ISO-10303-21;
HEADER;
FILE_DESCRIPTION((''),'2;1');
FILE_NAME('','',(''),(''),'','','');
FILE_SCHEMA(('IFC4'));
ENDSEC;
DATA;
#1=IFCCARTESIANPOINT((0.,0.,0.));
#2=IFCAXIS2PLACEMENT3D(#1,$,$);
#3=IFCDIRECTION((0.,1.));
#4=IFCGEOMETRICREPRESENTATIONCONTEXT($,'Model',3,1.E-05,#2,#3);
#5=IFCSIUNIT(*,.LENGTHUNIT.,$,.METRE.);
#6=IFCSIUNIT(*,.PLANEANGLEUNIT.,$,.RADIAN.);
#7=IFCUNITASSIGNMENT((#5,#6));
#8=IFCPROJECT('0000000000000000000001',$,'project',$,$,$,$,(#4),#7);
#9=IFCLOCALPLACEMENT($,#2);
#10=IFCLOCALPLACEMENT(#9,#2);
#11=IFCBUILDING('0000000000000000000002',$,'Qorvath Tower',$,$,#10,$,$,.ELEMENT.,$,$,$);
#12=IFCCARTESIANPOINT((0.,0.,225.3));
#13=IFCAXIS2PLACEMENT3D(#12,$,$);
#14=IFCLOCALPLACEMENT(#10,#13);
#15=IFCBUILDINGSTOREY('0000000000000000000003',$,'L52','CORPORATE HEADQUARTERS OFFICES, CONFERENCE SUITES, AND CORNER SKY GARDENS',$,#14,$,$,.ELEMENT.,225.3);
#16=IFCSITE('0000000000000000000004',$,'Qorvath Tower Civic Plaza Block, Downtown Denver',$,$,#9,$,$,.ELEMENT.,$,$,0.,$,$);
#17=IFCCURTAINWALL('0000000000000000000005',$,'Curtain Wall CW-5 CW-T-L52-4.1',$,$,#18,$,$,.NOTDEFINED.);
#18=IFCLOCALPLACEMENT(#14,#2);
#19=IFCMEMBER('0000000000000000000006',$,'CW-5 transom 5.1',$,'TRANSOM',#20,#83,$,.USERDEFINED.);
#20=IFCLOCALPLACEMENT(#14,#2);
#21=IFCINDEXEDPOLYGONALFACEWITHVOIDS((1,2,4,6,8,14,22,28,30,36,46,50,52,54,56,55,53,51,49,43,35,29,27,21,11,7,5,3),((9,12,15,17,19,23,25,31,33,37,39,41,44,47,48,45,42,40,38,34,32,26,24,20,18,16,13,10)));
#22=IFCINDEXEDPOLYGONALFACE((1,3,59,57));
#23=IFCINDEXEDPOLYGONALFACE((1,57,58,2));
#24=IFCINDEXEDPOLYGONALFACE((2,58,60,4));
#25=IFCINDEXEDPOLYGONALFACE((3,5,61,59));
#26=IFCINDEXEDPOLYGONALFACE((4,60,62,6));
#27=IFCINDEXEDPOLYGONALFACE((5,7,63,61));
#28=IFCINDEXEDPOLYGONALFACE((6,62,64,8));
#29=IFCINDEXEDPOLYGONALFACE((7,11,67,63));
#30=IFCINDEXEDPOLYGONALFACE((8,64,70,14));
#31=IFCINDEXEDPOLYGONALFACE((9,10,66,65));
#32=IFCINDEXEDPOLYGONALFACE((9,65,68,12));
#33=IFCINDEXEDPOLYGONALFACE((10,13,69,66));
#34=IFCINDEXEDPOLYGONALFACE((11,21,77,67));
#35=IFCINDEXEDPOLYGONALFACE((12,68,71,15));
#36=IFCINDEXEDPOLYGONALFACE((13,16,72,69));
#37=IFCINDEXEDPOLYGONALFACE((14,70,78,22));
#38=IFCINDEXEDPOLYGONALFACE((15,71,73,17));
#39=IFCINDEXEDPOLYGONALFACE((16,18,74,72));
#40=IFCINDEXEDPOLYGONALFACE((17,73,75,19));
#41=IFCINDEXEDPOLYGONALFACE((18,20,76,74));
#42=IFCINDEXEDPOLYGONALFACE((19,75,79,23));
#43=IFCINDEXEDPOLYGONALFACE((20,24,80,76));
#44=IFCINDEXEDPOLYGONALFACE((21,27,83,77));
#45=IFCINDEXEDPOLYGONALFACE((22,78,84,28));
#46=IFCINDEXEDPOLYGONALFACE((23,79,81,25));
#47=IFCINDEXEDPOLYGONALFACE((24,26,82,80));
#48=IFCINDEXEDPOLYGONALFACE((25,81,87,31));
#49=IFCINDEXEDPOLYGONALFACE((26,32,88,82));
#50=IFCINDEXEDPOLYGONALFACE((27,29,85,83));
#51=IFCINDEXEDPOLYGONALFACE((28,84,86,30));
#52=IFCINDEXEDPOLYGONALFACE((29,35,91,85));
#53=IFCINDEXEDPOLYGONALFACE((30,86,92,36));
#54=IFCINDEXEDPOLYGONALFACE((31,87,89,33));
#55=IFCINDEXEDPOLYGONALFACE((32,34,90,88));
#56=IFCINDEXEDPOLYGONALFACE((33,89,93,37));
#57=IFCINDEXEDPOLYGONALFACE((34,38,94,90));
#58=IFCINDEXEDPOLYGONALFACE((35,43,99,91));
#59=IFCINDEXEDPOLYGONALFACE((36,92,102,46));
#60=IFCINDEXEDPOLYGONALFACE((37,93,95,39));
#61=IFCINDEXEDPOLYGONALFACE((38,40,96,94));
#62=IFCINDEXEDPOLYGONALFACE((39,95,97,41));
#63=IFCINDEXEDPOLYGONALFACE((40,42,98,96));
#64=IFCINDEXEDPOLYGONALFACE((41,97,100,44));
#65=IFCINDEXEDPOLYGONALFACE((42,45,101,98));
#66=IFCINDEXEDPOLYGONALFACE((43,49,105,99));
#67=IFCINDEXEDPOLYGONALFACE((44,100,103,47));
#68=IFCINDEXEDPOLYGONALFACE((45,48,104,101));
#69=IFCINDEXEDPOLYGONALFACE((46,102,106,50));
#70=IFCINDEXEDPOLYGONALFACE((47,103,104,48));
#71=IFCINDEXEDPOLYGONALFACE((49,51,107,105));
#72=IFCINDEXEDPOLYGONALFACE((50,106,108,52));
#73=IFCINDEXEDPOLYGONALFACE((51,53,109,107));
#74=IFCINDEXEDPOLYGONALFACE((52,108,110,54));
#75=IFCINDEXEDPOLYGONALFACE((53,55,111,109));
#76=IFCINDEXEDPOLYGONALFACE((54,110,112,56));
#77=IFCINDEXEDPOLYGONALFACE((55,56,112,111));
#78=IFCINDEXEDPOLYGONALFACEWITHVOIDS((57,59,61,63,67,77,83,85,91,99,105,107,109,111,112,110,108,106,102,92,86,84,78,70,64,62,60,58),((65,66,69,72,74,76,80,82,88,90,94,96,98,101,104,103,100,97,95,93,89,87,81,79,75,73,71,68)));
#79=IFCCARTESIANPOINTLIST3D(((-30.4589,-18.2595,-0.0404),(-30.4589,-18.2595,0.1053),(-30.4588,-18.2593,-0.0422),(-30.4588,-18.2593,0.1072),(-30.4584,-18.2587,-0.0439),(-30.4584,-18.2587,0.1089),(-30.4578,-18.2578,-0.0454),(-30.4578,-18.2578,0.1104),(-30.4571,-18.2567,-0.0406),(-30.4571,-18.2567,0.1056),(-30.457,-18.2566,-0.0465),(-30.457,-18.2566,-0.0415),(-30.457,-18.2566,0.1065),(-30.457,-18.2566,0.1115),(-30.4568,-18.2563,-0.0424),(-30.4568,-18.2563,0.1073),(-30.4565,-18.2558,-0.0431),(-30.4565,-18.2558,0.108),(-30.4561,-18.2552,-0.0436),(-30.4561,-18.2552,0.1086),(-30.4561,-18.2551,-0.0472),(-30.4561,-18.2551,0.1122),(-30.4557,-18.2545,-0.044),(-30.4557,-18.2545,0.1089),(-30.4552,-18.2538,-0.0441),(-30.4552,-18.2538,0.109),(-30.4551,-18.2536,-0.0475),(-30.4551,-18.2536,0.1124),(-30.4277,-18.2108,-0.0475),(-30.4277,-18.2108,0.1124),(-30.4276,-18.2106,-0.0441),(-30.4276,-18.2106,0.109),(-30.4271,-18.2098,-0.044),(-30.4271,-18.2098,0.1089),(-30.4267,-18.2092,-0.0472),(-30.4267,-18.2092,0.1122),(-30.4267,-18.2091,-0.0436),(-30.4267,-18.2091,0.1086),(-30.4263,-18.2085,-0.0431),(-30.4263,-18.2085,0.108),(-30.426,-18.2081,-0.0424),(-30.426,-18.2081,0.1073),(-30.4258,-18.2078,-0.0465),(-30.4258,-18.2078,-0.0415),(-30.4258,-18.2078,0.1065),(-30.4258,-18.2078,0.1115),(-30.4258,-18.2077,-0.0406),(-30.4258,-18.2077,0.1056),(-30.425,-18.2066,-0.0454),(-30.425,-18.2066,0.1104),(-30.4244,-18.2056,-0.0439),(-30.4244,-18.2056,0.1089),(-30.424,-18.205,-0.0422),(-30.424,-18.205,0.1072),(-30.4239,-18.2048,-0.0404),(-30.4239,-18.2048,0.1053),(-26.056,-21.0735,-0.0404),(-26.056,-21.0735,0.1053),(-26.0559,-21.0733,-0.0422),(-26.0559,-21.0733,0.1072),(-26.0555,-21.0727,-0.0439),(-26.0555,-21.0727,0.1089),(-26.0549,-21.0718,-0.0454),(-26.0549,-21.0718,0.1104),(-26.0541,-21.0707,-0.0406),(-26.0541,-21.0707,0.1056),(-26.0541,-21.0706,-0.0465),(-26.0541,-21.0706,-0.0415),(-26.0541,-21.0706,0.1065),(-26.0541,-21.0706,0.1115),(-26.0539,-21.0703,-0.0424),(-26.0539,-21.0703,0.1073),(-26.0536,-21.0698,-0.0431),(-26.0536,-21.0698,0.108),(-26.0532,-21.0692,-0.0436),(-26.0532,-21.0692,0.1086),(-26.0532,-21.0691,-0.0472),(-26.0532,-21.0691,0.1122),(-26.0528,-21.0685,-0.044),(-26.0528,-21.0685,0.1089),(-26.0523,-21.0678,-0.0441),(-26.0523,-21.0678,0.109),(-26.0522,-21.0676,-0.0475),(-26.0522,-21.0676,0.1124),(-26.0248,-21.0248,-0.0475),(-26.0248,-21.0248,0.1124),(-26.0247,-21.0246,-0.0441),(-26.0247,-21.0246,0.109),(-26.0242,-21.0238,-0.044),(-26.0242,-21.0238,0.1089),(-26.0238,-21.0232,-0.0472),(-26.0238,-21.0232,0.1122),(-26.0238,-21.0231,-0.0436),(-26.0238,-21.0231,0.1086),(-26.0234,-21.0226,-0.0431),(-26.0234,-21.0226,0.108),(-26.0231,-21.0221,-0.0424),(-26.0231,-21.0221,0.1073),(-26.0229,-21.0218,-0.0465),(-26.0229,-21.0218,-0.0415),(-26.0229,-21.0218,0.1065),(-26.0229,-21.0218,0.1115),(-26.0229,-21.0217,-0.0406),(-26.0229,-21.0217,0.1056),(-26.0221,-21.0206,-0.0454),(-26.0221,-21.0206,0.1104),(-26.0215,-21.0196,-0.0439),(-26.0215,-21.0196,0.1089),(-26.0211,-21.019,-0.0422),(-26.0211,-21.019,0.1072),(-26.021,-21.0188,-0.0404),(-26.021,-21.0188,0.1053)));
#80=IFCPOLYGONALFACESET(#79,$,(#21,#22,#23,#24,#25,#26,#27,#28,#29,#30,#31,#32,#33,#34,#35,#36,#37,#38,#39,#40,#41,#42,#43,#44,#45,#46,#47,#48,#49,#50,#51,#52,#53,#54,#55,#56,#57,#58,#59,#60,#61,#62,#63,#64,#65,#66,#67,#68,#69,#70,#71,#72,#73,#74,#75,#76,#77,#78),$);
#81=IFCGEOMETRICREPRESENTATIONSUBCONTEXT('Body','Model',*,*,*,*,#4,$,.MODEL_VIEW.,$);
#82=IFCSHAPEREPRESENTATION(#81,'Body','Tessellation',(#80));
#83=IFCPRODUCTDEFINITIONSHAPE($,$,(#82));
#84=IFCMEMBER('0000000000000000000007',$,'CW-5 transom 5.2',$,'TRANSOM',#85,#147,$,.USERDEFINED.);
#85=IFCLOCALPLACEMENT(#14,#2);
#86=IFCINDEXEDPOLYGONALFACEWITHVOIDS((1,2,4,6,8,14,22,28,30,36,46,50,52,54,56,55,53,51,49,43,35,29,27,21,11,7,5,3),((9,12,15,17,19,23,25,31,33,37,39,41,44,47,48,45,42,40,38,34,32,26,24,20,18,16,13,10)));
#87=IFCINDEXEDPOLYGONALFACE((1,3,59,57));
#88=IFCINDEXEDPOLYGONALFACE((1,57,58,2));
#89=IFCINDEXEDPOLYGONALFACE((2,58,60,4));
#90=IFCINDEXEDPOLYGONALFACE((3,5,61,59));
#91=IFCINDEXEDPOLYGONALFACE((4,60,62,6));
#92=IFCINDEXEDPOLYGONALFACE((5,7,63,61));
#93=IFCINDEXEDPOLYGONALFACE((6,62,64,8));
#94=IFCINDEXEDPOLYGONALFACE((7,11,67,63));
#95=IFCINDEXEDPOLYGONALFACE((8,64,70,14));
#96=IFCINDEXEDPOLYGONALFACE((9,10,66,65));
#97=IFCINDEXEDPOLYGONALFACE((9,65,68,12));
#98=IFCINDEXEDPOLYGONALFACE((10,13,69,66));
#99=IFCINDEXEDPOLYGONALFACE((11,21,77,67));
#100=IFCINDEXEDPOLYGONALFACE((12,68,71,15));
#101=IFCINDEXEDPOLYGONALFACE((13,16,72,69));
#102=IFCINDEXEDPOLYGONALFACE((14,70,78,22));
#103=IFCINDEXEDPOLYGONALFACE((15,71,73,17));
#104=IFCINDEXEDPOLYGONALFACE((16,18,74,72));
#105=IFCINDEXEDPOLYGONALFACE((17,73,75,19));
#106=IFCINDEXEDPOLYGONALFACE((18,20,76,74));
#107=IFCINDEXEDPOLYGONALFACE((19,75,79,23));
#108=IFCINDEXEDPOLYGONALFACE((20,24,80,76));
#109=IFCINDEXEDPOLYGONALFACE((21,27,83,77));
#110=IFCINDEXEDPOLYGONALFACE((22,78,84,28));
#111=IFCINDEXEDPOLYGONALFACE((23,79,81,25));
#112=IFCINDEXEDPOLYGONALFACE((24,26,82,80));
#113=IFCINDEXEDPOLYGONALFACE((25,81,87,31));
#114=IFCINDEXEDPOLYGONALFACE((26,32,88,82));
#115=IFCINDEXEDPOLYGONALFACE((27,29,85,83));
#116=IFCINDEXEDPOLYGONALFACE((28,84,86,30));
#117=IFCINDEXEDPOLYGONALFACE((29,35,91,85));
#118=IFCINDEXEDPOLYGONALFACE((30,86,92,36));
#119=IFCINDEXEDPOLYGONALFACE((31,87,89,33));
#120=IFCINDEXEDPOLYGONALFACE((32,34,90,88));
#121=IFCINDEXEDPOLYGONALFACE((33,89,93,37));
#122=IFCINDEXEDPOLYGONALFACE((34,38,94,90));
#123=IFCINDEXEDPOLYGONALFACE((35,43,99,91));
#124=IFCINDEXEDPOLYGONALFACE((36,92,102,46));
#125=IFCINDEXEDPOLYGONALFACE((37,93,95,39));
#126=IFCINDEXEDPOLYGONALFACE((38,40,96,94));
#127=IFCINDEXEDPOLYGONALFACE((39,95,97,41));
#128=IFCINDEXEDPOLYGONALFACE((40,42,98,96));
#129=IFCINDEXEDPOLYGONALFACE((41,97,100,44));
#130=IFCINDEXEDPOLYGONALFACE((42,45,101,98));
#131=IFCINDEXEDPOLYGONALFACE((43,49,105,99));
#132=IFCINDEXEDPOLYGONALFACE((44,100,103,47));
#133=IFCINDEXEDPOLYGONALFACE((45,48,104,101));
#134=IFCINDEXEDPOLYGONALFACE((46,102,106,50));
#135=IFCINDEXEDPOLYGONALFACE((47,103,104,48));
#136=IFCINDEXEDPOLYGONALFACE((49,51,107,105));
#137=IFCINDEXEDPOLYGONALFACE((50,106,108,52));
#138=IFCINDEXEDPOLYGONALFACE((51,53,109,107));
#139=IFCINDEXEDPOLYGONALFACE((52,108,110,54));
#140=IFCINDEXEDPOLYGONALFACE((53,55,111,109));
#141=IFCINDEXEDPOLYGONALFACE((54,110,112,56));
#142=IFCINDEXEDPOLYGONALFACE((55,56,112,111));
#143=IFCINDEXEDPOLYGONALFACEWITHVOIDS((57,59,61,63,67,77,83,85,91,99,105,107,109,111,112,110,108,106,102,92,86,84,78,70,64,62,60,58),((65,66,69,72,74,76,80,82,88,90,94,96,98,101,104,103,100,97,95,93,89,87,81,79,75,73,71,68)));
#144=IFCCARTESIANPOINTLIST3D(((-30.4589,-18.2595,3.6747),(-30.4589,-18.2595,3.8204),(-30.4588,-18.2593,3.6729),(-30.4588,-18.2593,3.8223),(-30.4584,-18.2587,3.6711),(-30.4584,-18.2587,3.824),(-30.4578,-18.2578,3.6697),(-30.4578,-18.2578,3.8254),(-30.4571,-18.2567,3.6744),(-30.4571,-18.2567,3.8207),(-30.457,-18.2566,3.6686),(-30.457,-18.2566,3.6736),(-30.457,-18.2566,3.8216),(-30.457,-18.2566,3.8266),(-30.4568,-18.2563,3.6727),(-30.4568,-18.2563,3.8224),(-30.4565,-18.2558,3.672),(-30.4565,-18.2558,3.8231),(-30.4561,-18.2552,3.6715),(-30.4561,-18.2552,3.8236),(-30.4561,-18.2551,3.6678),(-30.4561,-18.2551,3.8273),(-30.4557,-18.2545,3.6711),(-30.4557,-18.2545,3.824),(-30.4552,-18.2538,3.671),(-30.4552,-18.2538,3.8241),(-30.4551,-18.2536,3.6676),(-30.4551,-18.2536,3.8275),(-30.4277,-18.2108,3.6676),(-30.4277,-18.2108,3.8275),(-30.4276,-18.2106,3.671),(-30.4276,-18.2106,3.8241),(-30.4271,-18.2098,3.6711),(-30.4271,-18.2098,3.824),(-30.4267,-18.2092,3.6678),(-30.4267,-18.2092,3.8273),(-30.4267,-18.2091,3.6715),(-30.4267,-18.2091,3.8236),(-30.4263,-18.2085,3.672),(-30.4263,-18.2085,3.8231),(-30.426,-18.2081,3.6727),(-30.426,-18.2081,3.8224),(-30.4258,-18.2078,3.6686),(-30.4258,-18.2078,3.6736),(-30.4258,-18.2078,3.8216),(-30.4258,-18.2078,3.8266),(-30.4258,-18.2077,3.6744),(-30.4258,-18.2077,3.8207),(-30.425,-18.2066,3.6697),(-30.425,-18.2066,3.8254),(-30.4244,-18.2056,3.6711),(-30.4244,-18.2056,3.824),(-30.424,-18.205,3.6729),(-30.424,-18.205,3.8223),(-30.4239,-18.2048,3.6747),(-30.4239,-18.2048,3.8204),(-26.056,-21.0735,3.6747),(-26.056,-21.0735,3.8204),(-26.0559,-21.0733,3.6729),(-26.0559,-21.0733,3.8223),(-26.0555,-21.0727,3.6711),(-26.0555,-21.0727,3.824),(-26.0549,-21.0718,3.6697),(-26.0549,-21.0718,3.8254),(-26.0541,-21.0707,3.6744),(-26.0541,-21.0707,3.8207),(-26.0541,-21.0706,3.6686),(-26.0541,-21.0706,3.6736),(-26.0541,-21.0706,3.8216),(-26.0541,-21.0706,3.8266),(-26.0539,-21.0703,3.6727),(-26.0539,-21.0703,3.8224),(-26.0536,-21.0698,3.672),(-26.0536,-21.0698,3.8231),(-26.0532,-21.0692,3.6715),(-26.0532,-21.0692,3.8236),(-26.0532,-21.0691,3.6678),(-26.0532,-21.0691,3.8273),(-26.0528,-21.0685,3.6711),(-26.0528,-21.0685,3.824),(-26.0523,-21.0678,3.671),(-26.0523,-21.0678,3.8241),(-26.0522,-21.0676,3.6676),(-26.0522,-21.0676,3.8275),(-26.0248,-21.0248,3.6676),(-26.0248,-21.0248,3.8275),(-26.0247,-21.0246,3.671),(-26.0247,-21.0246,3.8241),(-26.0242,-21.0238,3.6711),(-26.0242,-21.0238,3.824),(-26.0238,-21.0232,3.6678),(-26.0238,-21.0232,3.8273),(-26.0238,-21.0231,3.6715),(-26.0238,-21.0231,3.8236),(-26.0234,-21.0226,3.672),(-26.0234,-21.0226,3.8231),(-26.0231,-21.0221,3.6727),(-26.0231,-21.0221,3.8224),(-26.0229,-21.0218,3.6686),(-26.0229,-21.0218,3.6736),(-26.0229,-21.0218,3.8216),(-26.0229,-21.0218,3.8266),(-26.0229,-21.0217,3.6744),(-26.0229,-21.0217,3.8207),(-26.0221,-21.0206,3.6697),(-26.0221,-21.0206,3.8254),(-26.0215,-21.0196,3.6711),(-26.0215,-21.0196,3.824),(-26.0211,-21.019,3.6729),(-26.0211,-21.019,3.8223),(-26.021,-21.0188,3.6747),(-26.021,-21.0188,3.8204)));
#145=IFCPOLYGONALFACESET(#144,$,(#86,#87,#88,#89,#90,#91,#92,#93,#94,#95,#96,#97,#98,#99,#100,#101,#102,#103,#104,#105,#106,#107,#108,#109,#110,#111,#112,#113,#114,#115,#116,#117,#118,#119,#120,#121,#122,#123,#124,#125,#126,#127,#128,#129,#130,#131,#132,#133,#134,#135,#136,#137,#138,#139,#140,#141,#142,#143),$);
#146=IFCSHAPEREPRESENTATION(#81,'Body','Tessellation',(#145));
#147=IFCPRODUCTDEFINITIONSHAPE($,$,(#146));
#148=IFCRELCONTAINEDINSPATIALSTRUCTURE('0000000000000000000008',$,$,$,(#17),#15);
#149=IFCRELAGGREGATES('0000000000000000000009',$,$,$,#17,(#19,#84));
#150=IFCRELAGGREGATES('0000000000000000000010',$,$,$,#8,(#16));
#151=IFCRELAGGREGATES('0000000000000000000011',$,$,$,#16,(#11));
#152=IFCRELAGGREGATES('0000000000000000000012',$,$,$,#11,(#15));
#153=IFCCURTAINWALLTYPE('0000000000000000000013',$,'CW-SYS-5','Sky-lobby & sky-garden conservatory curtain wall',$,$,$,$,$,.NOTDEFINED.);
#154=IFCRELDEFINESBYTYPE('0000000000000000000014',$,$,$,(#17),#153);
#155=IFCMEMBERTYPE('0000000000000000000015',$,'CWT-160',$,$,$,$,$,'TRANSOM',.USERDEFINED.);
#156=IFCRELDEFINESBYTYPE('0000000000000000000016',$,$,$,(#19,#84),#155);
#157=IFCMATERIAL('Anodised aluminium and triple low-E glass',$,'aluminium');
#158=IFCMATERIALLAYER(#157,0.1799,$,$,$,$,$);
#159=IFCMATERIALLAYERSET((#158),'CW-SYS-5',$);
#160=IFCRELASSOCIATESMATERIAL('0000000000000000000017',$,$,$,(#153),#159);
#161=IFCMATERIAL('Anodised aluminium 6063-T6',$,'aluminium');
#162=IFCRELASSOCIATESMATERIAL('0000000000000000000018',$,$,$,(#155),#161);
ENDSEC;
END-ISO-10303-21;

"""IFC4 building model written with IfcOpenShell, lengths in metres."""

from ifc_helpers import new_model, si_unit, direction, frame, origin, origin_2d, place, context, subcontext, project, spatial, hollow_rectangle, extrude, material, layer, layer_set, material_profile, profile_set, type_object, element, aggregate, save


model = new_model("IFC4")

# Units and contexts
model_context = context("Model", 3, precision=1e-05, world=origin(), true_north=direction((0.0, 1.0)))
body_context = subcontext(model_context, "Body", "Model", "MODEL_VIEW")
ifc_project = project(units=[si_unit("LENGTHUNIT", "METRE"), si_unit("PLANEANGLEUNIT", "RADIAN")], contexts=[model_context])

# Site, building, storey
site_placement = place(None, origin())
site = spatial("IfcSite", under=ifc_project, at=site_placement, Name="Qorvath Tower Civic Plaza Block, Downtown Denver", CompositionType="ELEMENT", RefElevation=0.0)
building_placement = place(site_placement, origin())
building = spatial("IfcBuilding", under=site, at=building_placement, Name="Qorvath Tower", CompositionType="ELEMENT")
storey_placement = place(building_placement, frame((0.0, 0.0, 225.3)))
storey = spatial("IfcBuildingStorey", under=building, at=storey_placement, Name="L52", Description="CORPORATE HEADQUARTERS OFFICES, CONFERENCE SUITES, AND CORNER SKY GARDENS", CompositionType="ELEMENT", Elevation=225.3)

# Curtain wall, members
ifc_material_1 = material(Name="Anodised aluminium and triple low-E glass", Category="aluminium")
ifc_layer_1 = layer(ifc_material_1, 0.1799)
ifc_layer_set_1 = layer_set([ifc_layer_1], Name="CW-SYS-5")
curtain_wall_type = type_object("IfcCurtainWallType", Name="CW-SYS-5", Description="Sky-lobby & sky-garden conservatory curtain wall", PredefinedType="NOTDEFINED", material=ifc_layer_set_1)
curtain_wall_placement = place(storey_placement, origin())
curtain_wall = element("IfcCurtainWall", 1, at=curtain_wall_placement, inside=storey, type_object=curtain_wall_type, Name="Curtain Wall CW-5 CW-T-L52-4.1", PredefinedType="NOTDEFINED")
ifc_material_2 = material(Name="Anodised aluminium 6063-T6", Category="aluminium")
ifc_material_profile_1 = material_profile(ifc_material_2, hollow_rectangle(XDim=0.0649, YDim=0.1599, WallThickness=0.0034, InnerFilletRadius=0.0034, OuterFilletRadius=0.0071, at=origin_2d()), Name="CWT 160x65")
ifc_profile_set_1 = profile_set([ifc_material_profile_1], Name="Anodised aluminium 6063-T6")
member_type_1 = type_object("IfcMemberType", Name="CWT-160", ElementType="TRANSOM", PredefinedType="USERDEFINED", material=ifc_profile_set_1)
member_1_placement = place(storey_placement, frame((-30.4414, -18.2322, 0.0325), z_axis=(0.842606, -0.538531, 0.0), x_axis=(0.538531, 0.842606, 0.0)))
member_1 = element("IfcMember", 2, at=member_1_placement, type_object=member_type_1, Name="CW-5 transom 5.1", ObjectType="TRANSOM", PredefinedType="USERDEFINED", context=body_context, shape_type="SweptSolid", body=[
    extrude(hollow_rectangle(XDim=0.0649, YDim=0.1599, WallThickness=0.0034, InnerFilletRadius=0.0034, OuterFilletRadius=0.0071, at=origin_2d()), origin(), (0.0, 0.0, 1.0), 5.2253),
])
member_2_placement = place(storey_placement, frame((-30.4414, -18.2322, 3.7476), z_axis=(0.842606, -0.538531, 0.0), x_axis=(0.538531, 0.842606, 0.0)))
member_2 = element("IfcMember", 3, at=member_2_placement, type_object=member_type_1, Name="CW-5 transom 5.2", ObjectType="TRANSOM", PredefinedType="USERDEFINED", context=body_context, shape_type="SweptSolid", body=[
    extrude(hollow_rectangle(XDim=0.0649, YDim=0.1599, WallThickness=0.0034, InnerFilletRadius=0.0034, OuterFilletRadius=0.0071, at=origin_2d()), origin(), (0.0, 0.0, 1.0), 5.2253),
])
aggregate(curtain_wall, [member_1, member_2])

save(model, "model.ifc")
